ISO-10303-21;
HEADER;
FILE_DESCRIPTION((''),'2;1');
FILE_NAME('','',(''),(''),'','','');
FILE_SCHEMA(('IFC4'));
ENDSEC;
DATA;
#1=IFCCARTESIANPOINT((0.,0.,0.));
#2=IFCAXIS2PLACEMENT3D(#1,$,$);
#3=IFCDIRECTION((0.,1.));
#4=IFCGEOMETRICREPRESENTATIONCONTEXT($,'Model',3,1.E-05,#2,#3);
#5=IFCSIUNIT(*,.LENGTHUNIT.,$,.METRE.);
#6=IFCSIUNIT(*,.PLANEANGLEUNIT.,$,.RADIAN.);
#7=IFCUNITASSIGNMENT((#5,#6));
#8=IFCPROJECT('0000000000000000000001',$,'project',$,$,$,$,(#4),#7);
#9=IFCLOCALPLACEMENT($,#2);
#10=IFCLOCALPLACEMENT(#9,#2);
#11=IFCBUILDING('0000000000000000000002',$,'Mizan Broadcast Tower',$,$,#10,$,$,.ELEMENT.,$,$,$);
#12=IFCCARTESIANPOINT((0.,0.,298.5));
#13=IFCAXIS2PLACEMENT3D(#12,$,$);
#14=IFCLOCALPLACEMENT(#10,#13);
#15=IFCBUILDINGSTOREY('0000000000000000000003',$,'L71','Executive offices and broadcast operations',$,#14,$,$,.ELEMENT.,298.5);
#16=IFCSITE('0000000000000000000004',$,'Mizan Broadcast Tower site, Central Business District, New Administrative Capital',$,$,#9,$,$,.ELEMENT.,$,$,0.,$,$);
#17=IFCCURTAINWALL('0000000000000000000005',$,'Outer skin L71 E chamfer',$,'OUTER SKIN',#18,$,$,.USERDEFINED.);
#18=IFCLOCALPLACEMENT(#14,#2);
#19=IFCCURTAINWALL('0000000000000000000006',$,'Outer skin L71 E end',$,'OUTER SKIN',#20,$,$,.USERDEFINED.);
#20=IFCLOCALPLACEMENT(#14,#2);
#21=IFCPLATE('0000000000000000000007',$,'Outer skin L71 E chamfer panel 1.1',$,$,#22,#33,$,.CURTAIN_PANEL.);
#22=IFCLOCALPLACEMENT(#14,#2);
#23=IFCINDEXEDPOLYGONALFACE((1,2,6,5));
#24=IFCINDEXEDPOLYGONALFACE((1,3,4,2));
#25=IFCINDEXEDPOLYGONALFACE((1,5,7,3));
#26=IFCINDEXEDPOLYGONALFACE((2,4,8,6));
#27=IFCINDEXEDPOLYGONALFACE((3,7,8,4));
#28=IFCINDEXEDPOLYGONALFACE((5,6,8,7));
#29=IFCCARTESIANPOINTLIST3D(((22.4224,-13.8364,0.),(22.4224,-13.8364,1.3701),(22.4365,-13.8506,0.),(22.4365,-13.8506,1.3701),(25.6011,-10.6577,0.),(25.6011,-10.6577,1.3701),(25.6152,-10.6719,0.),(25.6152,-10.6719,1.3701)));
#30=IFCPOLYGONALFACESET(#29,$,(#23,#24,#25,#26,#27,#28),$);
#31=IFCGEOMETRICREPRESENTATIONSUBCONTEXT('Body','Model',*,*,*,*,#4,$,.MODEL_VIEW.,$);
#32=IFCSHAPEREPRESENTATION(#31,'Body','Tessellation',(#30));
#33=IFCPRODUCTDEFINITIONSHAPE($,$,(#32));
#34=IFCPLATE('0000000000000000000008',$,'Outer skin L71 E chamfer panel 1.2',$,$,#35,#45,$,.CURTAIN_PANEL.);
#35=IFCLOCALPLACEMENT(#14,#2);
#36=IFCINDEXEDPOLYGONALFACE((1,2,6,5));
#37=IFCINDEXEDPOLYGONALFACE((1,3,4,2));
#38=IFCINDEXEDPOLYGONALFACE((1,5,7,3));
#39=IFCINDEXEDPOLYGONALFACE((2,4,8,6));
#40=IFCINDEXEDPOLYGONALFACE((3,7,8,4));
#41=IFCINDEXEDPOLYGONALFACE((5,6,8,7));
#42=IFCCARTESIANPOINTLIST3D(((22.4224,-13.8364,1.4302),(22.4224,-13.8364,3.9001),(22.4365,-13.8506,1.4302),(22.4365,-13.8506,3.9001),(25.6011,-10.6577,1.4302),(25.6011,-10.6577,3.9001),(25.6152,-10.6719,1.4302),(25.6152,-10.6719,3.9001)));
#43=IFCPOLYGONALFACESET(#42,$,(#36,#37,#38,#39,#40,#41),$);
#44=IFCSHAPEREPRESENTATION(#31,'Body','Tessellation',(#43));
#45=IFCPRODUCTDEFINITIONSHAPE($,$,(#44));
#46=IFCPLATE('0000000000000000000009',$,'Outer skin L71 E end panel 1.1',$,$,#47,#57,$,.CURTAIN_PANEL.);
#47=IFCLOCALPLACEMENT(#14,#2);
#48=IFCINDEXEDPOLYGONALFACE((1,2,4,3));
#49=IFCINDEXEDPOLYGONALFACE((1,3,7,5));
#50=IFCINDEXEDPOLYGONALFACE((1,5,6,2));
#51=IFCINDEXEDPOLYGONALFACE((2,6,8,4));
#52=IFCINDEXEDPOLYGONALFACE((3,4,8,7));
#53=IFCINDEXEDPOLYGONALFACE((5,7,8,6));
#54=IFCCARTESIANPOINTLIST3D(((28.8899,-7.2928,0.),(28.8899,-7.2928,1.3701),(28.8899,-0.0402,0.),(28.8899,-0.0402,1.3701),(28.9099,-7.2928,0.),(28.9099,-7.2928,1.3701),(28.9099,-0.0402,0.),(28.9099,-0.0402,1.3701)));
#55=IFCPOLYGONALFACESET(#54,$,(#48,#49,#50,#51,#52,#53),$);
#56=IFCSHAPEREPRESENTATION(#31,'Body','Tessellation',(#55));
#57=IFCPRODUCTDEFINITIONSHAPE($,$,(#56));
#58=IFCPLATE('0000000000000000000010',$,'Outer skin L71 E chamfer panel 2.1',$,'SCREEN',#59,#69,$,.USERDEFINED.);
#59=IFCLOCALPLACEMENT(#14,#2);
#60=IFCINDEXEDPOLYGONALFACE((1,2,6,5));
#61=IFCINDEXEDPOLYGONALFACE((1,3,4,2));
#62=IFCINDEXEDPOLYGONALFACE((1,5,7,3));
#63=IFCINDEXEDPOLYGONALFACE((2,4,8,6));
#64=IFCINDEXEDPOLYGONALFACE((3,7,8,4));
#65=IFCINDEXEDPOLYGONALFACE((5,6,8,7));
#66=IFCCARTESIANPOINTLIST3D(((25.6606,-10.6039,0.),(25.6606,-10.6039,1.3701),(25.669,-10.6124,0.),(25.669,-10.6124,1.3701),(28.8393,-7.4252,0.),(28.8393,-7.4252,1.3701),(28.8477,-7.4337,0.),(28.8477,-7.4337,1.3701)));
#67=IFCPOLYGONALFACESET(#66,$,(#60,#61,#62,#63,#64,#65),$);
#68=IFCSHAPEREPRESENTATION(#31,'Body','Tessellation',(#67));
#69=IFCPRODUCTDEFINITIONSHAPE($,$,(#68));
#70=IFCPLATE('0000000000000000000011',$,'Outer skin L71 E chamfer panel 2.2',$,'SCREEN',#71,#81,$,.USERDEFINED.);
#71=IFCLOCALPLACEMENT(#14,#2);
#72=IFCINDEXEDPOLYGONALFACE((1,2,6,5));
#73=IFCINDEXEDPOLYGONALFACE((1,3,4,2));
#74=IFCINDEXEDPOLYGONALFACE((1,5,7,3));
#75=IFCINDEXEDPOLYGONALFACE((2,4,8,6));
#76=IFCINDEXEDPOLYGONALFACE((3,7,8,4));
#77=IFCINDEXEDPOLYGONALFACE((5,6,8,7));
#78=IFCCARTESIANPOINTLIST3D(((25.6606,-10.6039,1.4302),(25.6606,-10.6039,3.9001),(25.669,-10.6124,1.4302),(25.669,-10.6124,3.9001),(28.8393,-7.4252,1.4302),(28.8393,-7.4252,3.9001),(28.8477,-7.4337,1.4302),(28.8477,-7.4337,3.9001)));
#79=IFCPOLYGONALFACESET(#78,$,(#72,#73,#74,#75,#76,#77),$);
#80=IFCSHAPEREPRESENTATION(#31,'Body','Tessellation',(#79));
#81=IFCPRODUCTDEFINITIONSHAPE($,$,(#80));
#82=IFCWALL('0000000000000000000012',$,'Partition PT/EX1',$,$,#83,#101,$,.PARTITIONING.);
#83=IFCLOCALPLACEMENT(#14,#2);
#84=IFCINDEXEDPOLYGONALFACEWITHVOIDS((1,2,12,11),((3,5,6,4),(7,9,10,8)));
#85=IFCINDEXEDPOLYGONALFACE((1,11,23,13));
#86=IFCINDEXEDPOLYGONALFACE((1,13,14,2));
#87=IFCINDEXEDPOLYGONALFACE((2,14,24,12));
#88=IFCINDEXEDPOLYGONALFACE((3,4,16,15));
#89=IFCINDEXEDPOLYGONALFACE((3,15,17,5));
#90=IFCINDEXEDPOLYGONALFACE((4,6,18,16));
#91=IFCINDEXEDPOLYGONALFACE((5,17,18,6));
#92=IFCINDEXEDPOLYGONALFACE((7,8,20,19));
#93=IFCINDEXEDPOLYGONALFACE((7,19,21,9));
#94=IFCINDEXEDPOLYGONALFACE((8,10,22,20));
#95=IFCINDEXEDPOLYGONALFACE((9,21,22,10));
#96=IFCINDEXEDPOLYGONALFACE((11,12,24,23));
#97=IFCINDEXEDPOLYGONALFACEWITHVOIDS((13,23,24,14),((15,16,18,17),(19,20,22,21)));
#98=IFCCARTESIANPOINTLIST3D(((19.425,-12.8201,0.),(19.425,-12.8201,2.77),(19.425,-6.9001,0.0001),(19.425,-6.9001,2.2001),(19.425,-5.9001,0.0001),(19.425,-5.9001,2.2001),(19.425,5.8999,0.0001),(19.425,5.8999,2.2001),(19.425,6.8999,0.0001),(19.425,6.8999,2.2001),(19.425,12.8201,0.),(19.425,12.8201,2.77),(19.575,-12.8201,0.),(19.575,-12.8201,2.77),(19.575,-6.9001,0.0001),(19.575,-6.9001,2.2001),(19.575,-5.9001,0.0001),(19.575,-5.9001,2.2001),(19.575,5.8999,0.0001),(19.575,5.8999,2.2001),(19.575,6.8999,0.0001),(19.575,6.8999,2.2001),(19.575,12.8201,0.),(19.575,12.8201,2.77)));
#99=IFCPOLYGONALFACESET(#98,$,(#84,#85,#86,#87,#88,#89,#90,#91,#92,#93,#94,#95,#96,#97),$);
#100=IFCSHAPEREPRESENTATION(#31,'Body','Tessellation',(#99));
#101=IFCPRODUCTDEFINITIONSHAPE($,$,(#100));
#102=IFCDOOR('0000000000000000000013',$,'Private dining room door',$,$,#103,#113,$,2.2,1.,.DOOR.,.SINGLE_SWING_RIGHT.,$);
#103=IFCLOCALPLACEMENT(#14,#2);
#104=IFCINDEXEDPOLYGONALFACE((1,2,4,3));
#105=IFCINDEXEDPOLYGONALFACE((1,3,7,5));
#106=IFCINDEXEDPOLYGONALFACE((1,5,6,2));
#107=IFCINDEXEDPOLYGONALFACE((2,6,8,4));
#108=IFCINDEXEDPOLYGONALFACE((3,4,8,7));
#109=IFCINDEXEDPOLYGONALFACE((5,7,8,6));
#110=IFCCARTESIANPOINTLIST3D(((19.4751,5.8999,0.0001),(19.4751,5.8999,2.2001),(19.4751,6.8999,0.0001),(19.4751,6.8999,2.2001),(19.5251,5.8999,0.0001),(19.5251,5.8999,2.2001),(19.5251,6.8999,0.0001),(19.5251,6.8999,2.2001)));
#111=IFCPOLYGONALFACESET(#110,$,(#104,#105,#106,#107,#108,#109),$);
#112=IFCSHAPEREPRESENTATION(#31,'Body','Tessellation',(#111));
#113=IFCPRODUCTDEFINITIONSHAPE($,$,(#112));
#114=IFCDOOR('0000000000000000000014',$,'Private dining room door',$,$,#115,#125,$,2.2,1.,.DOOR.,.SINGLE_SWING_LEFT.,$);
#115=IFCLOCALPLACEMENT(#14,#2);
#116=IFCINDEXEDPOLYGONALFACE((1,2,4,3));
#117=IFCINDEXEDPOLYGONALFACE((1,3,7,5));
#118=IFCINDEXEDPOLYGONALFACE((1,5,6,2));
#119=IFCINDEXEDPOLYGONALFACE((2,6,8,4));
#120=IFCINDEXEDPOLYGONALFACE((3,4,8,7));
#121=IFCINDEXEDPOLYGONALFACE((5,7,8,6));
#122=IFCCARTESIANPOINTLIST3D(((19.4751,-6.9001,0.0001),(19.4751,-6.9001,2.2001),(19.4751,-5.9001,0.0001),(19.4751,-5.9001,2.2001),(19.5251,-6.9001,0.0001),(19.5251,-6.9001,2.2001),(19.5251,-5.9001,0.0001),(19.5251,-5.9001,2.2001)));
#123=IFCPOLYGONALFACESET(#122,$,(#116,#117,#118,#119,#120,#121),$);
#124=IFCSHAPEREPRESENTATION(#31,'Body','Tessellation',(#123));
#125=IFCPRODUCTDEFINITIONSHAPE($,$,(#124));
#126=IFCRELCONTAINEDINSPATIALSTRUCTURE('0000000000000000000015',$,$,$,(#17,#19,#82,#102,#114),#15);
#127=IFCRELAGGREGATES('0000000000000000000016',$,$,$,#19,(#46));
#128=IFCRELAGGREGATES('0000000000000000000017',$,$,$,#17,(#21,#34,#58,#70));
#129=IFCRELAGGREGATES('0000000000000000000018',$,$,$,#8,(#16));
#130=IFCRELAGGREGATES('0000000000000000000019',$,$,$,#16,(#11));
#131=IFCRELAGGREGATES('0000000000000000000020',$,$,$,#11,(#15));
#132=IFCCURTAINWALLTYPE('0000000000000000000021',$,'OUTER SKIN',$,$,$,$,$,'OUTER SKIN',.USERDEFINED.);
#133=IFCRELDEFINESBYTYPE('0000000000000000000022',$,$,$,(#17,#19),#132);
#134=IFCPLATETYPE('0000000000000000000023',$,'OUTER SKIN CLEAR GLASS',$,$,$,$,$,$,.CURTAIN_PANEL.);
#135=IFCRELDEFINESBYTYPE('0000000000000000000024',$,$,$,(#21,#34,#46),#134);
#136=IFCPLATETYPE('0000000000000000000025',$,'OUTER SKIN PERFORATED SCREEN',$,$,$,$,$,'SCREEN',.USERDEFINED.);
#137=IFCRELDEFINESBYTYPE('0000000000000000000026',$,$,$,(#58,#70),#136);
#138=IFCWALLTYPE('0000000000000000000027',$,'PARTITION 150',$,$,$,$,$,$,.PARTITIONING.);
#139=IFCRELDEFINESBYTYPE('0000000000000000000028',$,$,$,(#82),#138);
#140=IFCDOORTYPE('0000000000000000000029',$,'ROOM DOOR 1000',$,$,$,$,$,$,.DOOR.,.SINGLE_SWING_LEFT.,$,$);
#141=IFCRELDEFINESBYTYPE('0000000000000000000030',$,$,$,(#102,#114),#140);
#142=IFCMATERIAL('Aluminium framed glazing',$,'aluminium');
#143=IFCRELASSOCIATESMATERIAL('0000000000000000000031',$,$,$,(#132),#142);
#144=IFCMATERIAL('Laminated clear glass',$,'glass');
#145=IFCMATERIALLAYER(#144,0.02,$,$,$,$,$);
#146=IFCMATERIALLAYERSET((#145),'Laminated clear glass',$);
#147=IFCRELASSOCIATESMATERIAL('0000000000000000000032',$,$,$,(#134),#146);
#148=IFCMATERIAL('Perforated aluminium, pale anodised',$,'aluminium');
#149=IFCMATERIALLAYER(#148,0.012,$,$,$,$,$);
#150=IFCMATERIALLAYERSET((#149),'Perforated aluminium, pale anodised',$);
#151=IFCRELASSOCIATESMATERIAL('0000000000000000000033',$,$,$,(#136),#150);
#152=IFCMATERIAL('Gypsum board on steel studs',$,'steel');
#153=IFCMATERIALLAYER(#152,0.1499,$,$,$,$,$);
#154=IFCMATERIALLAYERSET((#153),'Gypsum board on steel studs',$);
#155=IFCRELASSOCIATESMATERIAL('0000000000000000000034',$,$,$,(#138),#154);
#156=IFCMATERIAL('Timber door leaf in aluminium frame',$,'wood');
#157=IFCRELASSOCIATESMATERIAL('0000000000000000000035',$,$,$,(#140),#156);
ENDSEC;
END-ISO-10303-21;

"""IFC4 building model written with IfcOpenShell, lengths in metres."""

from ifc_helpers import new_model, si_unit, direction, frame, frame_2d, origin, origin_2d, place, context, subcontext, project, spatial, rectangle, extrude, material, layer, layer_set, type_object, element, fill, aggregate, save


model = new_model("IFC4")

# Units and contexts
model_context = context("Model", 3, precision=1e-05, world=origin(), true_north=direction((0.0, 1.0)))
body_context = subcontext(model_context, "Body", "Model", "MODEL_VIEW")
ifc_project = project(units=[si_unit("LENGTHUNIT", "METRE"), si_unit("PLANEANGLEUNIT", "RADIAN")], contexts=[model_context])

# Site, building, storey
site_placement = place(None, origin())
site = spatial("IfcSite", under=ifc_project, at=site_placement, Name="Mizan Broadcast Tower site, Central Business District, New Administrative Capital", CompositionType="ELEMENT", RefElevation=0.0)
building_placement = place(site_placement, origin())
building = spatial("IfcBuilding", under=site, at=building_placement, Name="Mizan Broadcast Tower", CompositionType="ELEMENT")
storey_placement = place(building_placement, frame((0.0, 0.0, 298.5)))
storey = spatial("IfcBuildingStorey", under=building, at=storey_placement, Name="L71", Description="Executive offices and broadcast operations", CompositionType="ELEMENT", Elevation=298.5)

# Curtain wall
ifc_material_1 = material(Name="Aluminium framed glazing", Category="aluminium")
curtain_wall_type_1 = type_object("IfcCurtainWallType", Name="OUTER SKIN", ElementType="OUTER SKIN", PredefinedType="USERDEFINED", material=ifc_material_1)
curtain_wall_1_placement = place(storey_placement, origin())
curtain_wall_1 = element("IfcCurtainWall", 1, at=curtain_wall_1_placement, inside=storey, type_object=curtain_wall_type_1, Name="Outer skin L71 E chamfer", ObjectType="OUTER SKIN", PredefinedType="USERDEFINED")

# Curtain wall
curtain_wall_2_placement = place(storey_placement, origin())
curtain_wall_2 = element("IfcCurtainWall", 2, at=curtain_wall_2_placement, inside=storey, type_object=curtain_wall_type_1, Name="Outer skin L71 E end", ObjectType="OUTER SKIN", PredefinedType="USERDEFINED")

# Plates
ifc_material_2 = material(Name="Laminated clear glass", Category="glass")
ifc_layer_1 = layer(ifc_material_2, 0.02)
ifc_layer_set_1 = layer_set([ifc_layer_1], Name="Laminated clear glass")
plate_type_1 = type_object("IfcPlateType", Name="OUTER SKIN CLEAR GLASS", PredefinedType="CURTAIN_PANEL", material=ifc_layer_set_1)
plate_1_placement = place(storey_placement, frame((24.0188, -12.2542, 0.0), z_axis=(0.0, 0.0, 1.0), x_axis=(0.707107, 0.707107, 0.0)))
plate_1 = element("IfcPlate", 3, at=plate_1_placement, type_object=plate_type_1, Name="Outer skin L71 E chamfer panel 1.1", PredefinedType="CURTAIN_PANEL", context=body_context, shape_type="SweptSolid", body=[
    extrude(rectangle(XDim=4.4954, YDim=0.02, at=origin_2d()), origin(), (0.0, 0.0, 1.0), 1.3701),
])
plate_2_placement = place(storey_placement, frame((24.0188, -12.2542, 1.4302), z_axis=(0.0, 0.0, 1.0), x_axis=(0.707107, 0.707107, 0.0)))
plate_2 = element("IfcPlate", 4, at=plate_2_placement, type_object=plate_type_1, Name="Outer skin L71 E chamfer panel 1.2", PredefinedType="CURTAIN_PANEL", context=body_context, shape_type="SweptSolid", body=[
    extrude(rectangle(XDim=4.4954, YDim=0.02, at=origin_2d()), origin(), (0.0, 0.0, 1.0), 2.47),
])
plate_3_placement = place(storey_placement, frame((28.8999, -3.6665, 0.0), z_axis=(0.0, 0.0, 1.0), x_axis=(0.0, 1.0, 0.0)))
plate_3 = element("IfcPlate", 5, at=plate_3_placement, type_object=plate_type_1, Name="Outer skin L71 E end panel 1.1", PredefinedType="CURTAIN_PANEL", context=body_context, shape_type="SweptSolid", body=[
    extrude(rectangle(XDim=7.2527, YDim=0.02, at=origin_2d()), origin(), (0.0, 0.0, 1.0), 1.3701),
])
aggregate(curtain_wall_2, [plate_3])
ifc_material_3 = material(Name="Perforated aluminium, pale anodised", Category="aluminium")
ifc_layer_2 = layer(ifc_material_3, 0.012)
ifc_layer_set_2 = layer_set([ifc_layer_2], Name="Perforated aluminium, pale anodised")
plate_type_2 = type_object("IfcPlateType", Name="OUTER SKIN PERFORATED SCREEN", ElementType="SCREEN", PredefinedType="USERDEFINED", material=ifc_layer_set_2)
plate_4_placement = place(storey_placement, frame((27.2542, -9.0188, 0.0), z_axis=(0.0, 0.0, 1.0), x_axis=(0.707107, 0.707107, 0.0)))
plate_4 = element("IfcPlate", 6, at=plate_4_placement, type_object=plate_type_2, Name="Outer skin L71 E chamfer panel 2.1", ObjectType="SCREEN", PredefinedType="USERDEFINED", context=body_context, shape_type="SweptSolid", body=[
    extrude(rectangle(XDim=4.4954, YDim=0.012, at=origin_2d()), origin(), (0.0, 0.0, 1.0), 1.3701),
])
plate_5_placement = place(storey_placement, frame((27.2542, -9.0188, 1.4302), z_axis=(0.0, 0.0, 1.0), x_axis=(0.707107, 0.707107, 0.0)))
plate_5 = element("IfcPlate", 7, at=plate_5_placement, type_object=plate_type_2, Name="Outer skin L71 E chamfer panel 2.2", ObjectType="SCREEN", PredefinedType="USERDEFINED", context=body_context, shape_type="SweptSolid", body=[
    extrude(rectangle(XDim=4.4954, YDim=0.012, at=origin_2d()), origin(), (0.0, 0.0, 1.0), 2.47),
])
aggregate(curtain_wall_1, [plate_1, plate_2, plate_4, plate_5])

# Wall, openings, doors
ifc_material_4 = material(Name="Gypsum board on steel studs", Category="steel")
ifc_layer_3 = layer(ifc_material_4, 0.1499)
ifc_layer_set_3 = layer_set([ifc_layer_3], Name="Gypsum board on steel studs")
wall_type = type_object("IfcWallType", Name="PARTITION 150", PredefinedType="PARTITIONING", material=ifc_layer_set_3)
wall_placement = place(storey_placement, frame((19.5, -12.8201, 0.0), z_axis=(0.0, 0.0, 1.0), x_axis=(0.0, 1.0, 0.0)))
wall = element("IfcWall", 8, at=wall_placement, inside=storey, type_object=wall_type, Name="Partition PT/EX1", PredefinedType="PARTITIONING", context=body_context, shape_type="SweptSolid", body=[
    extrude(rectangle(XDim=25.6401, YDim=0.1499, at=frame_2d((12.8201, 0.0))), origin(), (0.0, 0.0, 1.0), 2.77),
])
opening_1_placement = place(wall_placement, frame((18.72, 0.0, 0.0)))
opening_1 = element("IfcOpeningElement", 9, at=opening_1_placement, cuts=wall, PredefinedType="OPENING", context=body_context, shape_type="SweptSolid", body=[
    extrude(rectangle(XDim=1.0, YDim=2.2, at=frame_2d((0.5, 1.1001))), frame((0.0, 0.085, 0.0), z_axis=(0.0, -1.0, 0.0), x_axis=(1.0, 0.0, 0.0)), (0.0, 0.0, 1.0), 0.1699),
])
opening_2_placement = place(wall_placement, frame((5.9199, 0.0, 0.0)))
opening_2 = element("IfcOpeningElement", 10, at=opening_2_placement, cuts=wall, PredefinedType="OPENING", context=body_context, shape_type="SweptSolid", body=[
    extrude(rectangle(XDim=1.0, YDim=2.2, at=frame_2d((0.5, 1.1001))), frame((0.0, 0.085, 0.0), z_axis=(0.0, -1.0, 0.0), x_axis=(1.0, 0.0, 0.0)), (0.0, 0.0, 1.0), 0.1699),
])
ifc_material_5 = material(Name="Timber door leaf in aluminium frame", Category="wood")
door_type = type_object("IfcDoorType", Name="ROOM DOOR 1000", OperationType="SINGLE_SWING_LEFT", PredefinedType="DOOR", material=ifc_material_5)
door_1_placement = place(opening_1_placement, origin())
door_1 = element("IfcDoor", 11, at=door_1_placement, inside=storey, type_object=door_type, Name="Private dining room door", OperationType="SINGLE_SWING_RIGHT", OverallHeight=2.2, OverallWidth=1.0, PredefinedType="DOOR", context=body_context, shape_type="SweptSolid", body=[
    extrude(rectangle(XDim=1.0, YDim=2.2, at=frame_2d((0.5, 1.1001))), frame((0.0, 0.0249, 0.0), z_axis=(0.0, -1.0, 0.0), x_axis=(1.0, 0.0, 0.0)), (0.0, 0.0, 1.0), 0.05),
])
fill(opening_1, door_1)
door_2_placement = place(opening_2_placement, origin())
door_2 = element("IfcDoor", 12, at=door_2_placement, inside=storey, type_object=door_type, Name="Private dining room door", OperationType="SINGLE_SWING_LEFT", OverallHeight=2.2, OverallWidth=1.0, PredefinedType="DOOR", context=body_context, shape_type="SweptSolid", body=[
    extrude(rectangle(XDim=1.0, YDim=2.2, at=frame_2d((0.5, 1.1001))), frame((0.0, 0.0249, 0.0), z_axis=(0.0, -1.0, 0.0), x_axis=(1.0, 0.0, 0.0)), (0.0, 0.0, 1.0), 0.05),
])
fill(opening_2, door_2)

save(model, "model.ifc")
